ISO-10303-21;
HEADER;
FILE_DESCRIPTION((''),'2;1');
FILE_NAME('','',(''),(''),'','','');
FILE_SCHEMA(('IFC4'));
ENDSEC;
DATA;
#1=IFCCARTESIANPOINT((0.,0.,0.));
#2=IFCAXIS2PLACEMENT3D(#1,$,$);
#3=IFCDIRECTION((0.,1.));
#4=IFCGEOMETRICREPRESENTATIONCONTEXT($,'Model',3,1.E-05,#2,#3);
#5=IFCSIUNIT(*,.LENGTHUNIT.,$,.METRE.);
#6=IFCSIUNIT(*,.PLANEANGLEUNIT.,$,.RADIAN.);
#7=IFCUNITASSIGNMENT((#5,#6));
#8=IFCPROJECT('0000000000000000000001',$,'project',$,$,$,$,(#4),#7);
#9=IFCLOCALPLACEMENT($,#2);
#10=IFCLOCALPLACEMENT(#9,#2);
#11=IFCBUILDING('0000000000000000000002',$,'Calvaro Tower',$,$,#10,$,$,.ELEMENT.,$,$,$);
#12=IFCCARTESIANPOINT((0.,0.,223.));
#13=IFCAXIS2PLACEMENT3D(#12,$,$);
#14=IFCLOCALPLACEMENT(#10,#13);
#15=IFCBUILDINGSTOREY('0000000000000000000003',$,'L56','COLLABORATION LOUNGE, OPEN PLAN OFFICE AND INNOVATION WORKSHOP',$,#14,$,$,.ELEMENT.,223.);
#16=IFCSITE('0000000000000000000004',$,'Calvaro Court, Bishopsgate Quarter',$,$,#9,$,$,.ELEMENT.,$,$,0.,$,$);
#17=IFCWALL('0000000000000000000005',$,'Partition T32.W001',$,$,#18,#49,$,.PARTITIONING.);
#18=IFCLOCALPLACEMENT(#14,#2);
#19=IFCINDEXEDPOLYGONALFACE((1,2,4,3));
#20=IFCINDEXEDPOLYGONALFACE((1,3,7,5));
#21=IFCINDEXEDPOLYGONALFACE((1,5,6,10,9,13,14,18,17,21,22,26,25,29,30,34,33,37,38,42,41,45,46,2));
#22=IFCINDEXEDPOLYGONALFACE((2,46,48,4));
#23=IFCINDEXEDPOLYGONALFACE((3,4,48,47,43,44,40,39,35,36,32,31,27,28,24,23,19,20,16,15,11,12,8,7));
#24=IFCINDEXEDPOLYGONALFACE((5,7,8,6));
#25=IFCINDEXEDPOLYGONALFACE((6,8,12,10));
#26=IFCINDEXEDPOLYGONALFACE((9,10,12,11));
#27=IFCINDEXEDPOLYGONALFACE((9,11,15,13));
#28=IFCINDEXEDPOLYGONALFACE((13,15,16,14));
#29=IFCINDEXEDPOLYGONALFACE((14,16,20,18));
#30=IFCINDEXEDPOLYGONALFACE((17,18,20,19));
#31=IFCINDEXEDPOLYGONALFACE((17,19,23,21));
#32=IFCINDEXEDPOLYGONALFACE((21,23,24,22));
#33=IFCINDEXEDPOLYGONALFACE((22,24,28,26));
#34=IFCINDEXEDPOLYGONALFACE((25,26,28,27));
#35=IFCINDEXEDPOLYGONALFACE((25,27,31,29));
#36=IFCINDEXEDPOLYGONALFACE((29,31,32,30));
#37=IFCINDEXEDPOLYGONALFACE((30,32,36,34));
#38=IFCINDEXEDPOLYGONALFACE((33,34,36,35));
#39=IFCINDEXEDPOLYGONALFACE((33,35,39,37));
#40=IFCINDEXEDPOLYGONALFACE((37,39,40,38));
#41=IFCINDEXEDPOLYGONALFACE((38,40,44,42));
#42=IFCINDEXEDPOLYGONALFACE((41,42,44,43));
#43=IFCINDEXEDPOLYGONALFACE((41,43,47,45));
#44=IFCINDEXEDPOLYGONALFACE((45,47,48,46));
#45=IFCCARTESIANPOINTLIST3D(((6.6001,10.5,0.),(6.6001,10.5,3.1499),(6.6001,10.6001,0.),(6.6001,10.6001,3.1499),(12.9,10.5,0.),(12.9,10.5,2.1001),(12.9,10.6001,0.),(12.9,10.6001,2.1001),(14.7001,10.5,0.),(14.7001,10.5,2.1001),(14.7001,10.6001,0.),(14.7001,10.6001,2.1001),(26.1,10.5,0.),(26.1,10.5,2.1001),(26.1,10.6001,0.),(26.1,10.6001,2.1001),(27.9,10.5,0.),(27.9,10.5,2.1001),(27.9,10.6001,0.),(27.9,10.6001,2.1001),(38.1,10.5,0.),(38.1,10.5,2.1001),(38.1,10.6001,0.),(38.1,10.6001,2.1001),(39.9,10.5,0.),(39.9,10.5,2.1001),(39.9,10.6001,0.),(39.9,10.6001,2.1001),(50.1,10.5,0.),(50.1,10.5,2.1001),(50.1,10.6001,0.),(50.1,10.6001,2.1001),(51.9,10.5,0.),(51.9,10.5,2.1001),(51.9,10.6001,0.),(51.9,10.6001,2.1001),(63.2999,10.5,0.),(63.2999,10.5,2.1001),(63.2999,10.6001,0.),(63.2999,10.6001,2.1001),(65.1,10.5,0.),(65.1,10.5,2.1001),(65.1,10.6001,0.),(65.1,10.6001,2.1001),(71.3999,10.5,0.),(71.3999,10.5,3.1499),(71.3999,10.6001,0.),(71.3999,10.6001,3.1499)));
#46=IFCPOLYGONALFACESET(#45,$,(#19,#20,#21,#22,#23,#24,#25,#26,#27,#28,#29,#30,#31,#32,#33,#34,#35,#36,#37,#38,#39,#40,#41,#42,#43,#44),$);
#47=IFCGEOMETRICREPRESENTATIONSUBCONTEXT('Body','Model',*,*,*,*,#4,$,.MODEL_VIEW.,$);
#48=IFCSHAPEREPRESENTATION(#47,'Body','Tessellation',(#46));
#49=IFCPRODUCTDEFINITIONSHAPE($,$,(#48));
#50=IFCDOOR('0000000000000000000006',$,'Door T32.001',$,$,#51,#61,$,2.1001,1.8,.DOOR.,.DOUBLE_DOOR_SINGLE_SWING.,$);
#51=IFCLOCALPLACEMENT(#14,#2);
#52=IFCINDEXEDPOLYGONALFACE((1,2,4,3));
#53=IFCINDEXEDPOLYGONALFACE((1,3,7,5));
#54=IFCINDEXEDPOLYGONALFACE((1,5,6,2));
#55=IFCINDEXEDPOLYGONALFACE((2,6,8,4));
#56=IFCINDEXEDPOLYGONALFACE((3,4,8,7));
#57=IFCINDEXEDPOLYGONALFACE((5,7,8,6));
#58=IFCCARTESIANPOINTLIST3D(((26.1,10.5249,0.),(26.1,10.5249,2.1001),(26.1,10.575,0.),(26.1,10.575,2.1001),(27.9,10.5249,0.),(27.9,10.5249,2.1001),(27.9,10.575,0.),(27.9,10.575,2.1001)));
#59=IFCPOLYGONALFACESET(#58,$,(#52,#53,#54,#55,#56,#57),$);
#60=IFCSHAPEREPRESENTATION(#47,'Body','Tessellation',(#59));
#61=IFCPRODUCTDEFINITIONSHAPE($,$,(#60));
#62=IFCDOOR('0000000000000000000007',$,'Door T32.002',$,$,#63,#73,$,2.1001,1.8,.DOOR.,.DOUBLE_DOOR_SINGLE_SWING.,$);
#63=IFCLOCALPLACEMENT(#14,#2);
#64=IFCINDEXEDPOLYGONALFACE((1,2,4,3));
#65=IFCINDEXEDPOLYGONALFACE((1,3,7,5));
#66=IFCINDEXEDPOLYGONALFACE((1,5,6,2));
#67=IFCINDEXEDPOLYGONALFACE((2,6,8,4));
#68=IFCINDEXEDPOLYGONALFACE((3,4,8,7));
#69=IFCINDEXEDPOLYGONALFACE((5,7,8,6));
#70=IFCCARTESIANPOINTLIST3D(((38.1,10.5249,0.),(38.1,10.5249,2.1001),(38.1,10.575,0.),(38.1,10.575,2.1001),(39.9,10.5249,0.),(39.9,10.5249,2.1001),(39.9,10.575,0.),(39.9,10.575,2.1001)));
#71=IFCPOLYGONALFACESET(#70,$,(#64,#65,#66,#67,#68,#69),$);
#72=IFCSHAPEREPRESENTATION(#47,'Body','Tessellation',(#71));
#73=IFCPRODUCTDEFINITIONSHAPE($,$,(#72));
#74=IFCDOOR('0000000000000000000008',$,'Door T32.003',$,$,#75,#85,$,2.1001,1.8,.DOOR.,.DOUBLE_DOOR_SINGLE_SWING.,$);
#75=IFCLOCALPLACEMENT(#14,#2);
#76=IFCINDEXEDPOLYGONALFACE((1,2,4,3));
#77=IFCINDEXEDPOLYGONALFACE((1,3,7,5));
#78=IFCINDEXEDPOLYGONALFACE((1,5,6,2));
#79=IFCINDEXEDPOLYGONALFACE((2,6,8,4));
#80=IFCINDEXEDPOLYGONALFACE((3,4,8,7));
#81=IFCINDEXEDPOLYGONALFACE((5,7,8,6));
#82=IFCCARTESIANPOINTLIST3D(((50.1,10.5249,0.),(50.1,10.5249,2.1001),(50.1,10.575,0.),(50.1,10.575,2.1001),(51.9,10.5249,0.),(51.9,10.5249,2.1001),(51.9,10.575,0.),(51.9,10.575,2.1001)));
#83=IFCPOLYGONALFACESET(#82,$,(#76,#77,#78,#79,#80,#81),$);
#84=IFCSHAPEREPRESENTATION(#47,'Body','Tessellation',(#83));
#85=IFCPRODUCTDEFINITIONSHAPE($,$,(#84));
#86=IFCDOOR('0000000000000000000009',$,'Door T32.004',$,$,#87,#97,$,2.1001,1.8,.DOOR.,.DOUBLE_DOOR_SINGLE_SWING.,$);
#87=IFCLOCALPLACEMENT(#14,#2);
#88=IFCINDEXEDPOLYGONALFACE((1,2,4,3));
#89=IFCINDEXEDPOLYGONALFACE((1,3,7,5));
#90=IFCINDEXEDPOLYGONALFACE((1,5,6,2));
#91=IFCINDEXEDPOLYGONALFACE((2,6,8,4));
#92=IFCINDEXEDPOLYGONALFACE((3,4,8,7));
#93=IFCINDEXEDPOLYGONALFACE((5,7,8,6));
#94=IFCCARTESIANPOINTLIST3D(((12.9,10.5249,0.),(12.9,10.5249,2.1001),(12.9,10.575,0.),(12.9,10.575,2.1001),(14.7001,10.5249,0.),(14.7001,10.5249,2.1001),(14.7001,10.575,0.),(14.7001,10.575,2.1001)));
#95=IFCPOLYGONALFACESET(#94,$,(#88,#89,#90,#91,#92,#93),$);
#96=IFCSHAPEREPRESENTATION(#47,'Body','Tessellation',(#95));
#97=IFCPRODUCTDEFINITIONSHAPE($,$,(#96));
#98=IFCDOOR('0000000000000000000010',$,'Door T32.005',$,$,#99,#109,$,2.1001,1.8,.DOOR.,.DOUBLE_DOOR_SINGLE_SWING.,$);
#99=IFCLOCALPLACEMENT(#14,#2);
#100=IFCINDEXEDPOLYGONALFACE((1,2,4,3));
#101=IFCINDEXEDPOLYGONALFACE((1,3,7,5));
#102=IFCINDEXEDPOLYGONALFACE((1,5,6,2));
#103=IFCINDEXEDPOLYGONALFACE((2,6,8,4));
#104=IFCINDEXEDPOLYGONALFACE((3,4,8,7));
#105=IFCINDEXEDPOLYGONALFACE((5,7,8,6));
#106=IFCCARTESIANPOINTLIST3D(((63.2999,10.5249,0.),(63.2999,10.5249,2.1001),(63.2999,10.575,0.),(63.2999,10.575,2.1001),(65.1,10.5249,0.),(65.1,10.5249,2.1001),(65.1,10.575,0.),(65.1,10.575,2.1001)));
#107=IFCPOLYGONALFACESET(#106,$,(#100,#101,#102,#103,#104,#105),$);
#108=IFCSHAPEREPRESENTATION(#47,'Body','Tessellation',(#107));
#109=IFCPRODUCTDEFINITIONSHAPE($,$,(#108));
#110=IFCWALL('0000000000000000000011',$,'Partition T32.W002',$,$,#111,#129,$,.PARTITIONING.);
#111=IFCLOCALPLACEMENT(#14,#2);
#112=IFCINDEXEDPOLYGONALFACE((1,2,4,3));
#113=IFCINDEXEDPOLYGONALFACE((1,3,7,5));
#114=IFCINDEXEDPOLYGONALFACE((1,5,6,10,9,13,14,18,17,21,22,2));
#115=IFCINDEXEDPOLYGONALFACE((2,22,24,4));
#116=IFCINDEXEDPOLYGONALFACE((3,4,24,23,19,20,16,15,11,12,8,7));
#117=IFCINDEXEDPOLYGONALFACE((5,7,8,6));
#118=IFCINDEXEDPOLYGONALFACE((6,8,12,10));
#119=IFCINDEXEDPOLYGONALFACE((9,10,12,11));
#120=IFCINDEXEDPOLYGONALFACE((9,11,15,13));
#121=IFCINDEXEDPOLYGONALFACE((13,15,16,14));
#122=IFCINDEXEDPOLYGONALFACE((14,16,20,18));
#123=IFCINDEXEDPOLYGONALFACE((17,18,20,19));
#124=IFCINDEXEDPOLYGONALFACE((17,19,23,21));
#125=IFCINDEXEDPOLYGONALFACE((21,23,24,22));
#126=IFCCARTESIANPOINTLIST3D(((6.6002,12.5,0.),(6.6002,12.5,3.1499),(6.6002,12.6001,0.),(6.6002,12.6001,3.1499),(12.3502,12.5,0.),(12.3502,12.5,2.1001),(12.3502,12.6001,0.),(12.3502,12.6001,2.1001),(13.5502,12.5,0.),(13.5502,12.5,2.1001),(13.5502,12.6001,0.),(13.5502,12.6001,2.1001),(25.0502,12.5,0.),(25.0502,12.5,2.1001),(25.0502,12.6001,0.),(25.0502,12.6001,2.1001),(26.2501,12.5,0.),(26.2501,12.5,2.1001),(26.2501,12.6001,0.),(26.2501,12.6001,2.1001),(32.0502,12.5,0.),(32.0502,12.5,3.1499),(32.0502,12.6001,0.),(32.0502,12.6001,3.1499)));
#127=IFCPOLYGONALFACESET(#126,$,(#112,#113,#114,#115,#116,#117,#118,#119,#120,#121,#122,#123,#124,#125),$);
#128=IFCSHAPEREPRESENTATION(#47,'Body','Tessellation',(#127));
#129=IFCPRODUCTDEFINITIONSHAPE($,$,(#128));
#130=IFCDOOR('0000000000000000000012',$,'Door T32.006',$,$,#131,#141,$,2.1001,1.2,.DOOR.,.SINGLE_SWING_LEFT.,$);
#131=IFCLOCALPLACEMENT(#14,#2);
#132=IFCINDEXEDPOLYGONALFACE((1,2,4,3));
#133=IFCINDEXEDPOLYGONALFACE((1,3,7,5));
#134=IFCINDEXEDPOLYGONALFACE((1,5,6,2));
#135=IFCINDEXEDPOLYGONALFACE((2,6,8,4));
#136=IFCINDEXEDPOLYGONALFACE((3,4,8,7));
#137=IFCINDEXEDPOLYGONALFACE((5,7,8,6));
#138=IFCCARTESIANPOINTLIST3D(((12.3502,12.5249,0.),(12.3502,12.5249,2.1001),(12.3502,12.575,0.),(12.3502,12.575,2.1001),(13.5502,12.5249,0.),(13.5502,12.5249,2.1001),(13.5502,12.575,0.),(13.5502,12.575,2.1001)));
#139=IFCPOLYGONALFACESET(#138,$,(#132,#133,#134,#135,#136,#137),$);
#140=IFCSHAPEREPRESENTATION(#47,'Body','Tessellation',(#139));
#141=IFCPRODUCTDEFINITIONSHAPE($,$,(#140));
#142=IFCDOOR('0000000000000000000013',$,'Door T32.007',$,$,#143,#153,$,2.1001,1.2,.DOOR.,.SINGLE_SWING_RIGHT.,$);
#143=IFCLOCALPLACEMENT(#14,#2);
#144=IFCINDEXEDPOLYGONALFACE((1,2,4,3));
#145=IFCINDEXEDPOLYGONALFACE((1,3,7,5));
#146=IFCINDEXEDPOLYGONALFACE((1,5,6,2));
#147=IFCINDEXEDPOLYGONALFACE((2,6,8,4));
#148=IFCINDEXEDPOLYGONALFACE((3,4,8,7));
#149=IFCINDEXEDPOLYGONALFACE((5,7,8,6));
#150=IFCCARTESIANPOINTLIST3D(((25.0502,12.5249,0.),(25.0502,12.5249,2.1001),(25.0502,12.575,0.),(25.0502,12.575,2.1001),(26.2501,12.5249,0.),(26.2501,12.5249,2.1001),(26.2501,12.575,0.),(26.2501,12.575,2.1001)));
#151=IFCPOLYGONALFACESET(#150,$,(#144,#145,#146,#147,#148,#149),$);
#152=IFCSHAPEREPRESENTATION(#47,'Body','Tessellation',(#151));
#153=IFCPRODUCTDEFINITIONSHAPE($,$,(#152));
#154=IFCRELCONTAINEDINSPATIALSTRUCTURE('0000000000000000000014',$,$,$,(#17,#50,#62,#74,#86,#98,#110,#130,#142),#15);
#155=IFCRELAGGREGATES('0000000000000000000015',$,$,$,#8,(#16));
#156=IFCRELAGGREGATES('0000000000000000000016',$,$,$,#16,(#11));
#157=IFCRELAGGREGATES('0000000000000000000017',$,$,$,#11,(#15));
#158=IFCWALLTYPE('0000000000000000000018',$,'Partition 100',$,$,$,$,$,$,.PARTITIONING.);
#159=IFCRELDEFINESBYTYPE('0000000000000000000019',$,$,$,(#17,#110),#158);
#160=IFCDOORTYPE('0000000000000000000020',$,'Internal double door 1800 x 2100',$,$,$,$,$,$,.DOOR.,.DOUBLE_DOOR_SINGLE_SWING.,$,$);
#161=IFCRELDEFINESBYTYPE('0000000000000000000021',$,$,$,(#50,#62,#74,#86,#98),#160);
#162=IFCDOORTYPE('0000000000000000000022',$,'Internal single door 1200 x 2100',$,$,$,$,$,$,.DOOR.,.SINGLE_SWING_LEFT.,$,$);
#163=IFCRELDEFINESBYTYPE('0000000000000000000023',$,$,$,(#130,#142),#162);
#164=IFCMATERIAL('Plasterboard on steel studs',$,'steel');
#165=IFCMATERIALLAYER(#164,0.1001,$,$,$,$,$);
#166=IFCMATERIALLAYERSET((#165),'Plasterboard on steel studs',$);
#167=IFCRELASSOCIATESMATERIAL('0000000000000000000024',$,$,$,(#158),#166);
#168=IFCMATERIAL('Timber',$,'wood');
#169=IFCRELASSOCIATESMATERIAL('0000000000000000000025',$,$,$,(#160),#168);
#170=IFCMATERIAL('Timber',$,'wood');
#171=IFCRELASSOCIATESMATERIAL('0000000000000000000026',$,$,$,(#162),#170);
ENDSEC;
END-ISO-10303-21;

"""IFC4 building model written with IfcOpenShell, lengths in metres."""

from ifc_helpers import new_model, si_unit, direction, frame, frame_2d, origin, place, context, subcontext, project, spatial, rectangle, extrude, material, layer, layer_set, type_object, element, fill, save


model = new_model("IFC4")

# Units and contexts
model_context = context("Model", 3, precision=1e-05, world=origin(), true_north=direction((0.0, 1.0)))
body_context = subcontext(model_context, "Body", "Model", "MODEL_VIEW")
ifc_project = project(units=[si_unit("LENGTHUNIT", "METRE"), si_unit("PLANEANGLEUNIT", "RADIAN")], contexts=[model_context])

# Site, building, storey
site_placement = place(None, origin())
site = spatial("IfcSite", under=ifc_project, at=site_placement, Name="Calvaro Court, Bishopsgate Quarter", CompositionType="ELEMENT", RefElevation=0.0)
building_placement = place(site_placement, origin())
building = spatial("IfcBuilding", under=site, at=building_placement, Name="Calvaro Tower", CompositionType="ELEMENT")
storey_placement = place(building_placement, frame((0.0, 0.0, 223.0)))
storey = spatial("IfcBuildingStorey", under=building, at=storey_placement, Name="L56", Description="COLLABORATION LOUNGE, OPEN PLAN OFFICE AND INNOVATION WORKSHOP", CompositionType="ELEMENT", Elevation=223.0)

# Walls, openings, doors
ifc_material_1 = material(Name="Plasterboard on steel studs", Category="steel")
ifc_layer_1 = layer(ifc_material_1, 0.1001)
ifc_layer_set_1 = layer_set([ifc_layer_1], Name="Plasterboard on steel studs")
wall_type = type_object("IfcWallType", Name="Partition 100", PredefinedType="PARTITIONING", material=ifc_layer_set_1)
wall_1_placement = place(storey_placement, frame((6.6001, 10.55, 0.0), z_axis=(0.0, 0.0, 1.0), x_axis=(1.0, 0.0, 0.0)))
wall_1 = element("IfcWall", 1, at=wall_1_placement, inside=storey, type_object=wall_type, Name="Partition T32.W001", PredefinedType="PARTITIONING", context=body_context, shape_type="SweptSolid", body=[
    extrude(rectangle(XDim=64.7998, YDim=0.1001, at=frame_2d((32.3999, 0.0))), origin(), (0.0, 0.0, 1.0), 3.1499),
])
opening_1_placement = place(wall_1_placement, frame((19.5, 0.0, 0.0)))
opening_1 = element("IfcOpeningElement", 2, at=opening_1_placement, cuts=wall_1, PredefinedType="OPENING", context=body_context, shape_type="SweptSolid", body=[
    extrude(rectangle(XDim=1.8, YDim=2.1001, at=frame_2d((0.8999, 1.05))), frame((0.0, 0.0601, 0.0), z_axis=(0.0, -1.0, 0.0), x_axis=(1.0, 0.0, 0.0)), (0.0, 0.0, 1.0), 0.1201),
])
opening_2_placement = place(wall_1_placement, frame((31.5, 0.0, 0.0)))
opening_2 = element("IfcOpeningElement", 3, at=opening_2_placement, cuts=wall_1, PredefinedType="OPENING", context=body_context, shape_type="SweptSolid", body=[
    extrude(rectangle(XDim=1.8, YDim=2.1001, at=frame_2d((0.8999, 1.05))), frame((0.0, 0.0601, 0.0), z_axis=(0.0, -1.0, 0.0), x_axis=(1.0, 0.0, 0.0)), (0.0, 0.0, 1.0), 0.1201),
])
opening_3_placement = place(wall_1_placement, frame((43.5, 0.0, 0.0)))
opening_3 = element("IfcOpeningElement", 4, at=opening_3_placement, cuts=wall_1, PredefinedType="OPENING", context=body_context, shape_type="SweptSolid", body=[
    extrude(rectangle(XDim=1.8, YDim=2.1001, at=frame_2d((0.8999, 1.05))), frame((0.0, 0.0601, 0.0), z_axis=(0.0, -1.0, 0.0), x_axis=(1.0, 0.0, 0.0)), (0.0, 0.0, 1.0), 0.1201),
])
opening_4_placement = place(wall_1_placement, frame((6.3, 0.0, 0.0)))
opening_4 = element("IfcOpeningElement", 5, at=opening_4_placement, cuts=wall_1, PredefinedType="OPENING", context=body_context, shape_type="SweptSolid", body=[
    extrude(rectangle(XDim=1.8, YDim=2.1001, at=frame_2d((0.8999, 1.05))), frame((0.0, 0.0601, 0.0), z_axis=(0.0, -1.0, 0.0), x_axis=(1.0, 0.0, 0.0)), (0.0, 0.0, 1.0), 0.1201),
])
opening_5_placement = place(wall_1_placement, frame((56.7, 0.0, 0.0)))
opening_5 = element("IfcOpeningElement", 6, at=opening_5_placement, cuts=wall_1, PredefinedType="OPENING", context=body_context, shape_type="SweptSolid", body=[
    extrude(rectangle(XDim=1.8, YDim=2.1001, at=frame_2d((0.8999, 1.05))), frame((0.0, 0.0601, 0.0), z_axis=(0.0, -1.0, 0.0), x_axis=(1.0, 0.0, 0.0)), (0.0, 0.0, 1.0), 0.1201),
])
ifc_material_2 = material(Name="Timber", Category="wood")
door_type_1 = type_object("IfcDoorType", Name="Internal double door 1800 x 2100", OperationType="DOUBLE_DOOR_SINGLE_SWING", PredefinedType="DOOR", material=ifc_material_2)
door_1_placement = place(opening_1_placement, origin())
door_1 = element("IfcDoor", 7, at=door_1_placement, inside=storey, type_object=door_type_1, Name="Door T32.001", OperationType="DOUBLE_DOOR_SINGLE_SWING", OverallHeight=2.1001, OverallWidth=1.8, PredefinedType="DOOR", context=body_context, shape_type="SweptSolid", body=[
    extrude(rectangle(XDim=1.8, YDim=2.1001, at=frame_2d((0.8999, 1.05))), frame((0.0, 0.0249, 0.0), z_axis=(0.0, -1.0, 0.0), x_axis=(1.0, 0.0, 0.0)), (0.0, 0.0, 1.0), 0.05),
])
fill(opening_1, door_1)
door_2_placement = place(opening_2_placement, origin())
door_2 = element("IfcDoor", 8, at=door_2_placement, inside=storey, type_object=door_type_1, Name="Door T32.002", OperationType="DOUBLE_DOOR_SINGLE_SWING", OverallHeight=2.1001, OverallWidth=1.8, PredefinedType="DOOR", context=body_context, shape_type="SweptSolid", body=[
    extrude(rectangle(XDim=1.8, YDim=2.1001, at=frame_2d((0.8999, 1.05))), frame((0.0, 0.0249, 0.0), z_axis=(0.0, -1.0, 0.0), x_axis=(1.0, 0.0, 0.0)), (0.0, 0.0, 1.0), 0.05),
])
fill(opening_2, door_2)
door_3_placement = place(opening_3_placement, origin())
door_3 = element("IfcDoor", 9, at=door_3_placement, inside=storey, type_object=door_type_1, Name="Door T32.003", OperationType="DOUBLE_DOOR_SINGLE_SWING", OverallHeight=2.1001, OverallWidth=1.8, PredefinedType="DOOR", context=body_context, shape_type="SweptSolid", body=[
    extrude(rectangle(XDim=1.8, YDim=2.1001, at=frame_2d((0.8999, 1.05))), frame((0.0, 0.0249, 0.0), z_axis=(0.0, -1.0, 0.0), x_axis=(1.0, 0.0, 0.0)), (0.0, 0.0, 1.0), 0.05),
])
fill(opening_3, door_3)
door_4_placement = place(opening_4_placement, origin())
door_4 = element("IfcDoor", 10, at=door_4_placement, inside=storey, type_object=door_type_1, Name="Door T32.004", OperationType="DOUBLE_DOOR_SINGLE_SWING", OverallHeight=2.1001, OverallWidth=1.8, PredefinedType="DOOR", context=body_context, shape_type="SweptSolid", body=[
    extrude(rectangle(XDim=1.8, YDim=2.1001, at=frame_2d((0.8999, 1.05))), frame((0.0, 0.0249, 0.0), z_axis=(0.0, -1.0, 0.0), x_axis=(1.0, 0.0, 0.0)), (0.0, 0.0, 1.0), 0.05),
])
fill(opening_4, door_4)
door_5_placement = place(opening_5_placement, origin())
door_5 = element("IfcDoor", 11, at=door_5_placement, inside=storey, type_object=door_type_1, Name="Door T32.005", OperationType="DOUBLE_DOOR_SINGLE_SWING", OverallHeight=2.1001, OverallWidth=1.8, PredefinedType="DOOR", context=body_context, shape_type="SweptSolid", body=[
    extrude(rectangle(XDim=1.8, YDim=2.1001, at=frame_2d((0.8999, 1.05))), frame((0.0, 0.0249, 0.0), z_axis=(0.0, -1.0, 0.0), x_axis=(1.0, 0.0, 0.0)), (0.0, 0.0, 1.0), 0.05),
])
fill(opening_5, door_5)
wall_2_placement = place(storey_placement, frame((6.6001, 12.55, 0.0), z_axis=(0.0, 0.0, 1.0), x_axis=(1.0, 0.0, 0.0)))
wall_2 = element("IfcWall", 12, at=wall_2_placement, inside=storey, type_object=wall_type, Name="Partition T32.W002", PredefinedType="PARTITIONING", context=body_context, shape_type="SweptSolid", body=[
    extrude(rectangle(XDim=25.45, YDim=0.1001, at=frame_2d((12.7251, 0.0))), origin(), (0.0, 0.0, 1.0), 3.1499),
])
opening_6_placement = place(wall_2_placement, frame((5.75, 0.0, 0.0)))
opening_6 = element("IfcOpeningElement", 13, at=opening_6_placement, cuts=wall_2, PredefinedType="OPENING", context=body_context, shape_type="SweptSolid", body=[
    extrude(rectangle(XDim=1.2, YDim=2.1001, at=frame_2d((0.6001, 1.05))), frame((0.0, 0.0601, 0.0), z_axis=(0.0, -1.0, 0.0), x_axis=(1.0, 0.0, 0.0)), (0.0, 0.0, 1.0), 0.1201),
])
opening_7_placement = place(wall_2_placement, frame((18.45, 0.0, 0.0)))
opening_7 = element("IfcOpeningElement", 14, at=opening_7_placement, cuts=wall_2, PredefinedType="OPENING", context=body_context, shape_type="SweptSolid", body=[
    extrude(rectangle(XDim=1.2, YDim=2.1001, at=frame_2d((0.6001, 1.05))), frame((0.0, 0.0601, 0.0), z_axis=(0.0, -1.0, 0.0), x_axis=(1.0, 0.0, 0.0)), (0.0, 0.0, 1.0), 0.1201),
])
ifc_material_3 = material(Name="Timber", Category="wood")
door_type_2 = type_object("IfcDoorType", Name="Internal single door 1200 x 2100", OperationType="SINGLE_SWING_LEFT", PredefinedType="DOOR", material=ifc_material_3)
door_6_placement = place(opening_6_placement, origin())
door_6 = element("IfcDoor", 15, at=door_6_placement, inside=storey, type_object=door_type_2, Name="Door T32.006", OperationType="SINGLE_SWING_LEFT", OverallHeight=2.1001, OverallWidth=1.2, PredefinedType="DOOR", context=body_context, shape_type="SweptSolid", body=[
    extrude(rectangle(XDim=1.2, YDim=2.1001, at=frame_2d((0.6001, 1.05))), frame((0.0, 0.0249, 0.0), z_axis=(0.0, -1.0, 0.0), x_axis=(1.0, 0.0, 0.0)), (0.0, 0.0, 1.0), 0.05),
])
fill(opening_6, door_6)
door_7_placement = place(opening_7_placement, origin())
door_7 = element("IfcDoor", 16, at=door_7_placement, inside=storey, type_object=door_type_2, Name="Door T32.007", OperationType="SINGLE_SWING_RIGHT", OverallHeight=2.1001, OverallWidth=1.2, PredefinedType="DOOR", context=body_context, shape_type="SweptSolid", body=[
    extrude(rectangle(XDim=1.2, YDim=2.1001, at=frame_2d((0.6001, 1.05))), frame((0.0, 0.0249, 0.0), z_axis=(0.0, -1.0, 0.0), x_axis=(1.0, 0.0, 0.0)), (0.0, 0.0, 1.0), 0.05),
])
fill(opening_7, door_7)

save(model, "model.ifc")
